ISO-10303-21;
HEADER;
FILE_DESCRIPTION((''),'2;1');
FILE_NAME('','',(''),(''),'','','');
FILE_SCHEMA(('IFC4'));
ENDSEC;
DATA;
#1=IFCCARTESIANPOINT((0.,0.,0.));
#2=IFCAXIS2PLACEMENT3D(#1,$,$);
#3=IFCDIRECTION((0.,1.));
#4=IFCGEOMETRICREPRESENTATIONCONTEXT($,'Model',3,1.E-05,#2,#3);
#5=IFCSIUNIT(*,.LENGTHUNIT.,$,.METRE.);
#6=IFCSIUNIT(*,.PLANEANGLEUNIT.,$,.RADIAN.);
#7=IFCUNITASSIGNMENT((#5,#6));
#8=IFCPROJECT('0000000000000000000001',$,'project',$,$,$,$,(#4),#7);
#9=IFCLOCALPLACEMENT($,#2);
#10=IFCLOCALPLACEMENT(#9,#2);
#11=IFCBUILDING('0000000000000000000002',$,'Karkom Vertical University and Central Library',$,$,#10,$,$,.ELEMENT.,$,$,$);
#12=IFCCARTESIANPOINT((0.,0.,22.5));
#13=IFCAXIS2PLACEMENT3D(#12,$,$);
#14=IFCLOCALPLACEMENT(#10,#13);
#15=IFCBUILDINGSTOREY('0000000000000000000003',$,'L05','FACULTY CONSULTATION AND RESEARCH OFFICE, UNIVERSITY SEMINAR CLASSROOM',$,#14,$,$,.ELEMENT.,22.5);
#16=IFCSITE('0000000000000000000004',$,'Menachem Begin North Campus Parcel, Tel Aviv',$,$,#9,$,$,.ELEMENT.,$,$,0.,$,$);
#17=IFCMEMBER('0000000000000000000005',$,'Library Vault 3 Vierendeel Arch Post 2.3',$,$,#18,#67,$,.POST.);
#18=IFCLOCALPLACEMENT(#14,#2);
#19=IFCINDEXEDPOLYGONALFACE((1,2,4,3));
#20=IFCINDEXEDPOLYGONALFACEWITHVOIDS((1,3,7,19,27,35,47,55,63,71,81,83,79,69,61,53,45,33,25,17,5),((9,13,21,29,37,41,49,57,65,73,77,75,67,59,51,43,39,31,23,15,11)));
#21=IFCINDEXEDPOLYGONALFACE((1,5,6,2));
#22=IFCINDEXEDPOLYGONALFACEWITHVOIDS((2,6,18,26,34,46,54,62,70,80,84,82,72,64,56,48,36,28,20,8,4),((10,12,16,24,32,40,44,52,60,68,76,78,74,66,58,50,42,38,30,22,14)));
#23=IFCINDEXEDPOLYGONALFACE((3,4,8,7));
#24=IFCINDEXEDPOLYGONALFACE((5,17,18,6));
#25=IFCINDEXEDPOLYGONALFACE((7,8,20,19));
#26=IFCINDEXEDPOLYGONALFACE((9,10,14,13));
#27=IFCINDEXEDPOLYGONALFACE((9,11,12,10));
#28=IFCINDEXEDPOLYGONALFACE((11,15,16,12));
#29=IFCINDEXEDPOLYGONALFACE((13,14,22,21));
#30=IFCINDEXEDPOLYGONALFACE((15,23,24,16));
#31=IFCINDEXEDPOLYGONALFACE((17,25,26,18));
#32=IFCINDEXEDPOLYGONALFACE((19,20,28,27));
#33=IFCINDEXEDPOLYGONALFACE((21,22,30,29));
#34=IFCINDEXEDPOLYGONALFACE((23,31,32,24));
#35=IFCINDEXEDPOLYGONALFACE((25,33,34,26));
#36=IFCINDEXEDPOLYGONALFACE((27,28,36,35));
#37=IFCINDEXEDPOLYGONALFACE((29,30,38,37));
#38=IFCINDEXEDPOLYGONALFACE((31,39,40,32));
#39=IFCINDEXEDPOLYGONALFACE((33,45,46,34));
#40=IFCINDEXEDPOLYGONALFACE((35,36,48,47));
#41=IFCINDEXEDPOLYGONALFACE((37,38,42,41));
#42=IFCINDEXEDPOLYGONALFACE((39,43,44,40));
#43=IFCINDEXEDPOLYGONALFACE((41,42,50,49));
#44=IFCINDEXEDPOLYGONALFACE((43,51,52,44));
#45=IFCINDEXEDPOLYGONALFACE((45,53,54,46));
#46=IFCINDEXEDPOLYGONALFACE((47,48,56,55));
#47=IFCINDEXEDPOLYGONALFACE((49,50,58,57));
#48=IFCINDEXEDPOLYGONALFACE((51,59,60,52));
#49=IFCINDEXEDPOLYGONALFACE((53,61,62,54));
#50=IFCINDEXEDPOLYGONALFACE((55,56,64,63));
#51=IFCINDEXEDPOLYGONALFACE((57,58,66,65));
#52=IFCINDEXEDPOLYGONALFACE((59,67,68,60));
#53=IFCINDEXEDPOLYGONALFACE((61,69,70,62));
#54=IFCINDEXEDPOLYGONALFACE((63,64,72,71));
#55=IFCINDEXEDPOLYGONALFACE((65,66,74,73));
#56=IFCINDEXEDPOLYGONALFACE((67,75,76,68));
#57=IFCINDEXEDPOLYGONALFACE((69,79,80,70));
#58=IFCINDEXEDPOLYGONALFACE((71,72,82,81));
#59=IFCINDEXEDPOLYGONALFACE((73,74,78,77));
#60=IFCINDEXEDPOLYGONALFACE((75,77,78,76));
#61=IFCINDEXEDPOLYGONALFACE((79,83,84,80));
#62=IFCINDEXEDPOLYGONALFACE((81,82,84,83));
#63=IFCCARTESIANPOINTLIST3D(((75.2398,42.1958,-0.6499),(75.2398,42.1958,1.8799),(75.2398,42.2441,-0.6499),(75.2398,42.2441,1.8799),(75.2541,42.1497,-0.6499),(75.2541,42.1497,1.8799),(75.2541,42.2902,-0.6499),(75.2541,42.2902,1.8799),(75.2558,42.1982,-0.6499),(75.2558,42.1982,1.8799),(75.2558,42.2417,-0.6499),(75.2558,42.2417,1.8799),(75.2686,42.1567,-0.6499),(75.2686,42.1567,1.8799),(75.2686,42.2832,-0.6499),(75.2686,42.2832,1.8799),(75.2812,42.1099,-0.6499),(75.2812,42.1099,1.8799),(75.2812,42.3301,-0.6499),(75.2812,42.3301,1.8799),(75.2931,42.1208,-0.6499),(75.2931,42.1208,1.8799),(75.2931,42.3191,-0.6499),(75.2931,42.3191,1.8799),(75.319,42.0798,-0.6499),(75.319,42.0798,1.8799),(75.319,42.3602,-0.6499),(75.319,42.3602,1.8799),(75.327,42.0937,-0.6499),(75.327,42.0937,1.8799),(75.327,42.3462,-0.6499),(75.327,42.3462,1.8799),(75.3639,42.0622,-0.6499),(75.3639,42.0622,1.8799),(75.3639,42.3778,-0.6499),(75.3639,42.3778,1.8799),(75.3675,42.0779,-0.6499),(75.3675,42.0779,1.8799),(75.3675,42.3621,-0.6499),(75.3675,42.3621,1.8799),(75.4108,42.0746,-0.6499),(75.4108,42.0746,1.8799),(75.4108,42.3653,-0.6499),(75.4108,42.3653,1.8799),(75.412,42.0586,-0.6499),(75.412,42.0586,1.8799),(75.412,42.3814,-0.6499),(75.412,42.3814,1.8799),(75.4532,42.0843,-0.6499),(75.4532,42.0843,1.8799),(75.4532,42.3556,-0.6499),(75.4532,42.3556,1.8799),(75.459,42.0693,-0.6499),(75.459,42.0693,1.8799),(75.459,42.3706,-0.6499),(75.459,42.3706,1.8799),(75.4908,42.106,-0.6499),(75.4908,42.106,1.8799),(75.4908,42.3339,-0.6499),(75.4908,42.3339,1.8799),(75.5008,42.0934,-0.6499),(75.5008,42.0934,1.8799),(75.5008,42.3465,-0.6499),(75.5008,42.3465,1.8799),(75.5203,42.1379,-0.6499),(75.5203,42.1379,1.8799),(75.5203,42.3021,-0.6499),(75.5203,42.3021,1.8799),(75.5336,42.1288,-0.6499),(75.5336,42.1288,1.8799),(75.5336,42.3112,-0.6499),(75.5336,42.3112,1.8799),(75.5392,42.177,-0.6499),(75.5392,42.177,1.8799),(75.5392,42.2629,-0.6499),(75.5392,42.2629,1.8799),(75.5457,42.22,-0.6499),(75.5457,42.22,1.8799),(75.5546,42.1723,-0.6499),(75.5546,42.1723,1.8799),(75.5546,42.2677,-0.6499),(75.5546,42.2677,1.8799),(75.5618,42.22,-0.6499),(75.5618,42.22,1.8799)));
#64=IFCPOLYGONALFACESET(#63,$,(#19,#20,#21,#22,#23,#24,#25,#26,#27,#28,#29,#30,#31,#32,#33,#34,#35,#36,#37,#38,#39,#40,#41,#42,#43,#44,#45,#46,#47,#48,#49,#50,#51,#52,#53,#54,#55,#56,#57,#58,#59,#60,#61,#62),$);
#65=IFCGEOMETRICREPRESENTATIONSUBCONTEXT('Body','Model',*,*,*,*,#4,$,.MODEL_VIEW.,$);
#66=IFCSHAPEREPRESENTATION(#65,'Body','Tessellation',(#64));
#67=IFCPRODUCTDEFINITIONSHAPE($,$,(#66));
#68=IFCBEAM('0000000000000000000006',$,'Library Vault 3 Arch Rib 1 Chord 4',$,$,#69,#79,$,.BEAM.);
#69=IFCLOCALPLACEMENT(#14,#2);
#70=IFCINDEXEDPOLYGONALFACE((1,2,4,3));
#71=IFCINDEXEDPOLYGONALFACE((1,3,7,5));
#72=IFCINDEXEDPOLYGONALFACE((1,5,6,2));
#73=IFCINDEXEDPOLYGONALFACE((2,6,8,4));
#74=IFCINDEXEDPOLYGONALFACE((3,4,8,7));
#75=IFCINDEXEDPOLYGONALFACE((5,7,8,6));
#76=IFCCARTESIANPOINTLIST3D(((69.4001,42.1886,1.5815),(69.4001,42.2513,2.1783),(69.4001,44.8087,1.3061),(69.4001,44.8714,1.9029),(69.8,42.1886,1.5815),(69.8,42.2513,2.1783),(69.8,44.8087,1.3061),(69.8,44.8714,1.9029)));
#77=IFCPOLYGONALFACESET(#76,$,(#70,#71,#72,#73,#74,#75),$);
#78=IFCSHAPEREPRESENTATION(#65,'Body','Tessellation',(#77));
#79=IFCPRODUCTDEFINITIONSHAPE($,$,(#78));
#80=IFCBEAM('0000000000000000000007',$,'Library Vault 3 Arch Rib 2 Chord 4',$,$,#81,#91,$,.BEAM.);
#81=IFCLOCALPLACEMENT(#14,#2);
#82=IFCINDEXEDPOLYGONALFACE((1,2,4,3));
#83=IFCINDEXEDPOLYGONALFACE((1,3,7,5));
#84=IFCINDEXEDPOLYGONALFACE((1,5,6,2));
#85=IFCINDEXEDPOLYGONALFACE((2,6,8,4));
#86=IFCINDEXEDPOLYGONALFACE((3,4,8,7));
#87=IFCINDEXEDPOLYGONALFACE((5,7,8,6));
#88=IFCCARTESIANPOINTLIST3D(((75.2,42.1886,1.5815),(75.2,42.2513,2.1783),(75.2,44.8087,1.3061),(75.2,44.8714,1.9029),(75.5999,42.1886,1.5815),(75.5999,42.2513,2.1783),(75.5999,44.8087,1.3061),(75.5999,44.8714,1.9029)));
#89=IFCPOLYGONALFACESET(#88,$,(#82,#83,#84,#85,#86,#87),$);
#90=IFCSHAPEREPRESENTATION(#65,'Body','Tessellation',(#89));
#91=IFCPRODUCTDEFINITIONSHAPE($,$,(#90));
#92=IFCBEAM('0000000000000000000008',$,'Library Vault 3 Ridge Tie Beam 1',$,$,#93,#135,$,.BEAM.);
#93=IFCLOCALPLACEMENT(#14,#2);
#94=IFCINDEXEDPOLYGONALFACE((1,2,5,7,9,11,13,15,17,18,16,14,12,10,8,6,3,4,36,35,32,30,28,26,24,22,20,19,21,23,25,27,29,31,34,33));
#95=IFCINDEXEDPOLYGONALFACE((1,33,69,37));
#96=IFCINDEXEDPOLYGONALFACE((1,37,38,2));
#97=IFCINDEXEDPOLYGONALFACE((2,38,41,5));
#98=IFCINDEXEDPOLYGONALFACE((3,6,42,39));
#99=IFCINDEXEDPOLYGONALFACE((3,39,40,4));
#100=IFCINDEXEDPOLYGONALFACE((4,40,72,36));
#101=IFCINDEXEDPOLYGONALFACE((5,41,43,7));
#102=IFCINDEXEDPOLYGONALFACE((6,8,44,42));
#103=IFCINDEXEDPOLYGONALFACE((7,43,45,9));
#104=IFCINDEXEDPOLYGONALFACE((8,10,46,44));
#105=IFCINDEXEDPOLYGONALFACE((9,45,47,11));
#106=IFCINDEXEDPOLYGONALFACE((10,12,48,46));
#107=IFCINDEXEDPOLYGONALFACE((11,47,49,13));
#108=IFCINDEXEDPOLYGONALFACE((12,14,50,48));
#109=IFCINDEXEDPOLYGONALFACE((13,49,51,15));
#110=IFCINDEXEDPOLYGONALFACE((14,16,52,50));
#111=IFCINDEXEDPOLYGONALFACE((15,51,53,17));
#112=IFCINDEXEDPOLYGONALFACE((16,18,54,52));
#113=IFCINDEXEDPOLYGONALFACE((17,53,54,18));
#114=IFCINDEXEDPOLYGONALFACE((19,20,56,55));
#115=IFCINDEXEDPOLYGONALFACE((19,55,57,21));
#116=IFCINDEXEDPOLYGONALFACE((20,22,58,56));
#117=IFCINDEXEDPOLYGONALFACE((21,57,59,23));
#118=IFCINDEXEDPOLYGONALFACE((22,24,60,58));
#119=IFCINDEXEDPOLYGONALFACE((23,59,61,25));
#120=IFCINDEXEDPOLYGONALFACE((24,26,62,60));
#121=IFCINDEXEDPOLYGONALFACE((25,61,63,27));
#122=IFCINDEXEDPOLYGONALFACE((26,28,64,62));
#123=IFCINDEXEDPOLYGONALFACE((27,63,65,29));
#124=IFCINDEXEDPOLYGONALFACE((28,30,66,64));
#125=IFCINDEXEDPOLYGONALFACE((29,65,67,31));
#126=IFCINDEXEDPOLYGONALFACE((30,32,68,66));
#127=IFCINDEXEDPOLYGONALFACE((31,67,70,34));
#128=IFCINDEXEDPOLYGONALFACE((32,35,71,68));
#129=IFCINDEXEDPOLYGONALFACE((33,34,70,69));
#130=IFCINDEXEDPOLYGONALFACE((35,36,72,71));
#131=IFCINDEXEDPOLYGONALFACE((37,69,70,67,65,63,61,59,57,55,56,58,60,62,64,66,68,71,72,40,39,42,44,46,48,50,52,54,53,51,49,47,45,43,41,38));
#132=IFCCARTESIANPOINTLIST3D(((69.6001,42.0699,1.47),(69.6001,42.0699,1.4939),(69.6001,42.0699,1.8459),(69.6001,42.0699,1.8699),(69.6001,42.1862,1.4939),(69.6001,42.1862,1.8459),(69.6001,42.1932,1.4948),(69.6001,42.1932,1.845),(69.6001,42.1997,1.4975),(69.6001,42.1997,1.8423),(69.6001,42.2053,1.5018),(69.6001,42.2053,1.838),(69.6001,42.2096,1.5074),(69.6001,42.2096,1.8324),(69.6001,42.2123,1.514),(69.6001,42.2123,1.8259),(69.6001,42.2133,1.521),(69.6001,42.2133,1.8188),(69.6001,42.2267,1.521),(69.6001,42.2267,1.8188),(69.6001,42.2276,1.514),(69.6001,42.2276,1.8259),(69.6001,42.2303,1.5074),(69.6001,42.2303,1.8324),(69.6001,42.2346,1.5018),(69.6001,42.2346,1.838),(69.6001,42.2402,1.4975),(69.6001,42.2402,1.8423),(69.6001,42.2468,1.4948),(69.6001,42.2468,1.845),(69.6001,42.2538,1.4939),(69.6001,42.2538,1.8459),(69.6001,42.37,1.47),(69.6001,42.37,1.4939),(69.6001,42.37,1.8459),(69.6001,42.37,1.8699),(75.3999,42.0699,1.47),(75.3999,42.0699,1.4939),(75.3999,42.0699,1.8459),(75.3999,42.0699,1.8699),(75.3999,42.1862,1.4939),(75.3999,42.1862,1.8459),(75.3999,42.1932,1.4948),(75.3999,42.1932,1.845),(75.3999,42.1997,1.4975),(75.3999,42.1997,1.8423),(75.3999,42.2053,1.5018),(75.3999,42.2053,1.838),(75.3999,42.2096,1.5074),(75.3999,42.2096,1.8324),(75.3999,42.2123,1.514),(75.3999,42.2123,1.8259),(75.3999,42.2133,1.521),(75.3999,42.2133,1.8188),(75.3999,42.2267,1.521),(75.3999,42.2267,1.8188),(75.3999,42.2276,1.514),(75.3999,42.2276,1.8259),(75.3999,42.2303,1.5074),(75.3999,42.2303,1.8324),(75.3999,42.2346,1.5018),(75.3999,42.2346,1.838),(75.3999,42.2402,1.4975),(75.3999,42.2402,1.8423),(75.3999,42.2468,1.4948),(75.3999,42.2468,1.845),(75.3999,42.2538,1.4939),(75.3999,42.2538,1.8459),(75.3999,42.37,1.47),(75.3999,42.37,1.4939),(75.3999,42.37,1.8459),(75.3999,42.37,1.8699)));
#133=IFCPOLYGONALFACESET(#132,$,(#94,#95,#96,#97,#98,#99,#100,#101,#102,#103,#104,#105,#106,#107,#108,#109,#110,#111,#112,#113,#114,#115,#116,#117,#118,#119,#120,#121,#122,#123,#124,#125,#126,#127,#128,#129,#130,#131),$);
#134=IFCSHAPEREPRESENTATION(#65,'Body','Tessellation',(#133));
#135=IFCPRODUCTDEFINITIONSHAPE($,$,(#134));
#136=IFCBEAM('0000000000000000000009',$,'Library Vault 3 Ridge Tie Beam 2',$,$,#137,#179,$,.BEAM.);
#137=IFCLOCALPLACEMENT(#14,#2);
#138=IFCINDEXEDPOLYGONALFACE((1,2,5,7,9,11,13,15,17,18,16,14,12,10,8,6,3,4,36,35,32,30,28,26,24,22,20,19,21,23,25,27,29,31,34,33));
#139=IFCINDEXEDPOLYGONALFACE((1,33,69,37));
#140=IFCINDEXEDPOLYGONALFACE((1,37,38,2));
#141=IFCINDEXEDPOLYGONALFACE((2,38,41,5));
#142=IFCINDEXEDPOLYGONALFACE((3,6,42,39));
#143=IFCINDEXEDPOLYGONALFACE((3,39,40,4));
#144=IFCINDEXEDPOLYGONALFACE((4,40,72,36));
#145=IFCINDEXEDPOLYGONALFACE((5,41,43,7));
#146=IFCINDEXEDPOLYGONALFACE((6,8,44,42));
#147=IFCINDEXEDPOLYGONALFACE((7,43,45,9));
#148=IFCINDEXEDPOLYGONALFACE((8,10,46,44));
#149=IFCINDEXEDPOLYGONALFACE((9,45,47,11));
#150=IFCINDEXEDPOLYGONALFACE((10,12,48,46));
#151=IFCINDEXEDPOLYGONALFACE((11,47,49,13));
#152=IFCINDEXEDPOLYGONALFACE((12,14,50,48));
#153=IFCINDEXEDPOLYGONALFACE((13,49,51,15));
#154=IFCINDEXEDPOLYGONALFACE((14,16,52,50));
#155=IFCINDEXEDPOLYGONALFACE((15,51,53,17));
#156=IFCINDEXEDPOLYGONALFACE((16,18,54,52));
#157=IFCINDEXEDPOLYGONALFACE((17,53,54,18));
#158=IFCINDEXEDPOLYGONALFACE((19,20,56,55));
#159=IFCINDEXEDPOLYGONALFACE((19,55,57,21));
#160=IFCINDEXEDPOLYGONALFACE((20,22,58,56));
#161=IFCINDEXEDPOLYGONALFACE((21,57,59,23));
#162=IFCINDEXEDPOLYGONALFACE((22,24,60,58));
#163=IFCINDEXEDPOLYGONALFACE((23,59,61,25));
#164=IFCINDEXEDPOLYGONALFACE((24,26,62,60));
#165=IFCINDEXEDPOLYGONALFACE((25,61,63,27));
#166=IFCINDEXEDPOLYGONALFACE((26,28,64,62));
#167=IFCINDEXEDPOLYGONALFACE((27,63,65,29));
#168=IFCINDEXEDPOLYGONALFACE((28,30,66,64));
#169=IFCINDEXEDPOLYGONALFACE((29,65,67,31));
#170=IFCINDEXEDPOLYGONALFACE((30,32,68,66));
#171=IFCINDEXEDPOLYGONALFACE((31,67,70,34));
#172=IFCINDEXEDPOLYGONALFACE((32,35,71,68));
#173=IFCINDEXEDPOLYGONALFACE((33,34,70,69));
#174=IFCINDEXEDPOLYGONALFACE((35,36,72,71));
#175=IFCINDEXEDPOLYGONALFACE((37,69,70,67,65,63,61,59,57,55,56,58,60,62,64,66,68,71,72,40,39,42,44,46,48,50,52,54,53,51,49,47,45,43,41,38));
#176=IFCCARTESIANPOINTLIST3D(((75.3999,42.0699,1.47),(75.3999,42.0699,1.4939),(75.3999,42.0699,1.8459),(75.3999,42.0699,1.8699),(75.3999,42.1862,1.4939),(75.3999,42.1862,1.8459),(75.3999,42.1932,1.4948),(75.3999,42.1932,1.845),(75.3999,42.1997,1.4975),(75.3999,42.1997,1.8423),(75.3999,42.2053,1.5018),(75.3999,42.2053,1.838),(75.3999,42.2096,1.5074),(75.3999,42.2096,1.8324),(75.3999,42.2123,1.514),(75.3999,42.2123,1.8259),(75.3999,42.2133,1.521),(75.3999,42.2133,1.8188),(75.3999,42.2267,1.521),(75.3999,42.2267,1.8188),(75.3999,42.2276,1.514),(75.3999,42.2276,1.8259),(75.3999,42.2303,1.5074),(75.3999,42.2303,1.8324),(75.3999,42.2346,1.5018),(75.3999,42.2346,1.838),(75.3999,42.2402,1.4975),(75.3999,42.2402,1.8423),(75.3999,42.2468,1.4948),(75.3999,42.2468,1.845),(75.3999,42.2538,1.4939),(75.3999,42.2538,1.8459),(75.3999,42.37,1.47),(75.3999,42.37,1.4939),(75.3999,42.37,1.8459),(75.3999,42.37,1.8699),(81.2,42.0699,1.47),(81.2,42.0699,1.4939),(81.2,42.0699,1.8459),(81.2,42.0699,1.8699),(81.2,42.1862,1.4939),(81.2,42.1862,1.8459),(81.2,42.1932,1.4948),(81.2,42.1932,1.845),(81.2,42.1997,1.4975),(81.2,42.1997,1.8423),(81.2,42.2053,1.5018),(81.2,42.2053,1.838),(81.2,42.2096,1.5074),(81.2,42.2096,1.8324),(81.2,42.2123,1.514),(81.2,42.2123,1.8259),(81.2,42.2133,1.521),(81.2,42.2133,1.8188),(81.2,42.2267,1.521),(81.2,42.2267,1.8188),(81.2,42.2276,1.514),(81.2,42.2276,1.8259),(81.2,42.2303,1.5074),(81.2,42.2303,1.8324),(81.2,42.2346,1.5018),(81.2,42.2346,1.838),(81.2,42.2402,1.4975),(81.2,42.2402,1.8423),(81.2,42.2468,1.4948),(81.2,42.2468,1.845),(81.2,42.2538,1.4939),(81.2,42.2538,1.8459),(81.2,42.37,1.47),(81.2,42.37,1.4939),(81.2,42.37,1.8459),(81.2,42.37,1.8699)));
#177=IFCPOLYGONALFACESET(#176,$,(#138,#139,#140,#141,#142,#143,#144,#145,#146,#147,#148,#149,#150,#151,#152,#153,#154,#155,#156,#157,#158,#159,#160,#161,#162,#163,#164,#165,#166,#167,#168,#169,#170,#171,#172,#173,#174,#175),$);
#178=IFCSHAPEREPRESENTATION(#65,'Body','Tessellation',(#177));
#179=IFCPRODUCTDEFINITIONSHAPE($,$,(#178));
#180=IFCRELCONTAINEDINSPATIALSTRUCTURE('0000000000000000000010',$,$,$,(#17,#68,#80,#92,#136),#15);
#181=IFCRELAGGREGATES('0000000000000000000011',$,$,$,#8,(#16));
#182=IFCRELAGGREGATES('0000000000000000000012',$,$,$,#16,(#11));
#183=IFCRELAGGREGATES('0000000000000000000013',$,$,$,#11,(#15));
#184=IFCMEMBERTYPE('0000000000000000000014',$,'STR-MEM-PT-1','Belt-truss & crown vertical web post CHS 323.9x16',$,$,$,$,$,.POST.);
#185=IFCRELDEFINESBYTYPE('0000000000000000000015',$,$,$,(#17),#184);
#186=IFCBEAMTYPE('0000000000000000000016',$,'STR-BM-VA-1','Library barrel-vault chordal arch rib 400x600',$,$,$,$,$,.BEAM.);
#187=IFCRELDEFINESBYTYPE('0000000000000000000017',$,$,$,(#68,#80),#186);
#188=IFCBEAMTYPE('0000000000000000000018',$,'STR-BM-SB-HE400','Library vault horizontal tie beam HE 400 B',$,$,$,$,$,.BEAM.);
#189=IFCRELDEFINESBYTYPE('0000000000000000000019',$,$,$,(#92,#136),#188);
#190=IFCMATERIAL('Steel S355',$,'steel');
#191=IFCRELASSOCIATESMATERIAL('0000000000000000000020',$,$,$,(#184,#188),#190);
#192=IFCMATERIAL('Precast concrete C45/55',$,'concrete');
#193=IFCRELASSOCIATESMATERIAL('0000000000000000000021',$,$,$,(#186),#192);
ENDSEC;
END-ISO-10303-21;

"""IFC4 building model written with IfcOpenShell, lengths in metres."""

from ifc_helpers import new_model, si_unit, direction, frame, origin, origin_with_axes, origin_2d, place, context, subcontext, project, spatial, rectangle, hollow_circle, i_section, extrude, source, transform, mapped, material, material_profile, profile_set, type_object, element, save


model = new_model("IFC4")

# Units and contexts
model_context = context("Model", 3, precision=1e-05, world=origin(), true_north=direction((0.0, 1.0)))
body_context = subcontext(model_context, "Body", "Model", "MODEL_VIEW")
ifc_project = project(units=[si_unit("LENGTHUNIT", "METRE"), si_unit("PLANEANGLEUNIT", "RADIAN")], contexts=[model_context])

# Site, building, storey
site_placement = place(None, origin())
site = spatial("IfcSite", under=ifc_project, at=site_placement, Name="Menachem Begin North Campus Parcel, Tel Aviv", CompositionType="ELEMENT", RefElevation=0.0)
building_placement = place(site_placement, origin())
building = spatial("IfcBuilding", under=site, at=building_placement, Name="Karkom Vertical University and Central Library", CompositionType="ELEMENT")
storey_placement = place(building_placement, frame((0.0, 0.0, 22.5)))
storey = spatial("IfcBuildingStorey", under=building, at=storey_placement, Name="L05", Description="FACULTY CONSULTATION AND RESEARCH OFFICE, UNIVERSITY SEMINAR CLASSROOM", CompositionType="ELEMENT", Elevation=22.5)

# Member
ifc_material_1 = material(Name="Steel S355", Category="steel")
ifc_material_profile_1 = material_profile(ifc_material_1, hollow_circle(Radius=0.1619, WallThickness=0.0161, at=origin_2d()), Name="CHS 323.9x16")
ifc_profile_set_1 = profile_set([ifc_material_profile_1], Name="Steel S355")
member_type_1 = type_object("IfcMemberType", Name="STR-MEM-PT-1", Description="Belt-truss & crown vertical web post CHS 323.9x16", PredefinedType="POST", material=ifc_profile_set_1)
shared_shape_1 = source(origin_with_axes(), body_context, "Body", "SweptSolid", [
    extrude(hollow_circle(Radius=0.1619, WallThickness=0.0161, at=origin_2d()), origin(), (0.0, 0.0, 1.0), 2.5298),
])
for number, where, z_axis, x_axis, name in (
    (1, (75.3999, 42.22, -0.6499), (0.0, 0.0, 1.0), (1.0, 0.0, 0.0), "Library Vault 3 Vierendeel Arch Post 2.3"),
):
    element("IfcMember", number, at=place(storey_placement, frame(where, z_axis=z_axis, x_axis=x_axis)), inside=storey, type_object=member_type_1, Name=name, PredefinedType="POST", context=body_context, shape_type="MappedRepresentation", body=[
        mapped(shared_shape_1, transform((0.0, 0.0, 0.0), scale=1.0)),
    ])

# Beams
ifc_material_2 = material(Name="Precast concrete C45/55", Category="concrete")
ifc_material_profile_2 = material_profile(ifc_material_2, rectangle(XDim=0.3999, YDim=0.6001, at=origin_2d()), Name="RCB-400x600")
ifc_profile_set_2 = profile_set([ifc_material_profile_2], Name="Precast concrete C45/55")
beam_type_1 = type_object("IfcBeamType", Name="STR-BM-VA-1", Description="Library barrel-vault chordal arch rib 400x600", PredefinedType="BEAM", material=ifc_profile_set_2)
shared_shape_2 = source(origin_with_axes(), body_context, "Body", "SweptSolid", [
    extrude(rectangle(XDim=0.3999, YDim=0.6001, at=origin_2d()), origin(), (0.0, 0.0, 1.0), 2.6345),
])
for number, where, z_axis, x_axis, name in (
    (2, (69.6001, 42.22, 1.8799), (0.0, 0.994522, -0.10453), (-1.0, 0.0, 0.0), "Library Vault 3 Arch Rib 1 Chord 4"),
    (3, (75.3999, 42.22, 1.8799), (0.0, 0.994522, -0.10453), (-1.0, 0.0, 0.0), "Library Vault 3 Arch Rib 2 Chord 4"),
):
    element("IfcBeam", number, at=place(storey_placement, frame(where, z_axis=z_axis, x_axis=x_axis)), inside=storey, type_object=beam_type_1, Name=name, PredefinedType="BEAM", context=body_context, shape_type="MappedRepresentation", body=[
        mapped(shared_shape_2, transform((0.0, 0.0, 0.0), scale=1.0)),
    ])
ifc_material_profile_3 = material_profile(ifc_material_1, i_section(OverallWidth=0.3, OverallDepth=0.3999, WebThickness=0.0134, FlangeThickness=0.0239, FilletRadius=0.0271, at=origin_2d()), Name="HE 400 B")
ifc_profile_set_3 = profile_set([ifc_material_profile_3], Name="Steel S355")
beam_type_2 = type_object("IfcBeamType", Name="STR-BM-SB-HE400", Description="Library vault horizontal tie beam HE 400 B", PredefinedType="BEAM", material=ifc_profile_set_3)
shared_shape_3 = source(origin_with_axes(), body_context, "Body", "SweptSolid", [
    extrude(i_section(OverallWidth=0.3, OverallDepth=0.3999, WebThickness=0.0134, FlangeThickness=0.0239, FilletRadius=0.0271, at=origin_2d()), origin(), (0.0, 0.0, 1.0), 5.7998),
])
beam_1_placement = place(storey_placement, frame((69.6001, 42.22, 1.6699), z_axis=(1.0, 0.0, 0.0), x_axis=(0.0, 1.0, 0.0)))
element("IfcBeam", 4, at=beam_1_placement, inside=storey, type_object=beam_type_2, Name="Library Vault 3 Ridge Tie Beam 1", PredefinedType="BEAM", context=body_context, shape_type="MappedRepresentation", body=[
    mapped(shared_shape_3, transform((0.0, 0.0, 0.0), scale=1.0)),
])
shared_shape_4 = source(origin_with_axes(), body_context, "Body", "SweptSolid", [
    extrude(i_section(OverallWidth=0.3, OverallDepth=0.3999, WebThickness=0.0134, FlangeThickness=0.0239, FilletRadius=0.0271, at=origin_2d()), origin(), (0.0, 0.0, 1.0), 5.8),
])
beam_2_placement = place(storey_placement, frame((75.3999, 42.22, 1.6699), z_axis=(1.0, 0.0, 0.0), x_axis=(0.0, 1.0, 0.0)))
element("IfcBeam", 5, at=beam_2_placement, inside=storey, type_object=beam_type_2, Name="Library Vault 3 Ridge Tie Beam 2", PredefinedType="BEAM", context=body_context, shape_type="MappedRepresentation", body=[
    mapped(shared_shape_4, transform((0.0, 0.0, 0.0), scale=1.0)),
])

save(model, "model.ifc")
